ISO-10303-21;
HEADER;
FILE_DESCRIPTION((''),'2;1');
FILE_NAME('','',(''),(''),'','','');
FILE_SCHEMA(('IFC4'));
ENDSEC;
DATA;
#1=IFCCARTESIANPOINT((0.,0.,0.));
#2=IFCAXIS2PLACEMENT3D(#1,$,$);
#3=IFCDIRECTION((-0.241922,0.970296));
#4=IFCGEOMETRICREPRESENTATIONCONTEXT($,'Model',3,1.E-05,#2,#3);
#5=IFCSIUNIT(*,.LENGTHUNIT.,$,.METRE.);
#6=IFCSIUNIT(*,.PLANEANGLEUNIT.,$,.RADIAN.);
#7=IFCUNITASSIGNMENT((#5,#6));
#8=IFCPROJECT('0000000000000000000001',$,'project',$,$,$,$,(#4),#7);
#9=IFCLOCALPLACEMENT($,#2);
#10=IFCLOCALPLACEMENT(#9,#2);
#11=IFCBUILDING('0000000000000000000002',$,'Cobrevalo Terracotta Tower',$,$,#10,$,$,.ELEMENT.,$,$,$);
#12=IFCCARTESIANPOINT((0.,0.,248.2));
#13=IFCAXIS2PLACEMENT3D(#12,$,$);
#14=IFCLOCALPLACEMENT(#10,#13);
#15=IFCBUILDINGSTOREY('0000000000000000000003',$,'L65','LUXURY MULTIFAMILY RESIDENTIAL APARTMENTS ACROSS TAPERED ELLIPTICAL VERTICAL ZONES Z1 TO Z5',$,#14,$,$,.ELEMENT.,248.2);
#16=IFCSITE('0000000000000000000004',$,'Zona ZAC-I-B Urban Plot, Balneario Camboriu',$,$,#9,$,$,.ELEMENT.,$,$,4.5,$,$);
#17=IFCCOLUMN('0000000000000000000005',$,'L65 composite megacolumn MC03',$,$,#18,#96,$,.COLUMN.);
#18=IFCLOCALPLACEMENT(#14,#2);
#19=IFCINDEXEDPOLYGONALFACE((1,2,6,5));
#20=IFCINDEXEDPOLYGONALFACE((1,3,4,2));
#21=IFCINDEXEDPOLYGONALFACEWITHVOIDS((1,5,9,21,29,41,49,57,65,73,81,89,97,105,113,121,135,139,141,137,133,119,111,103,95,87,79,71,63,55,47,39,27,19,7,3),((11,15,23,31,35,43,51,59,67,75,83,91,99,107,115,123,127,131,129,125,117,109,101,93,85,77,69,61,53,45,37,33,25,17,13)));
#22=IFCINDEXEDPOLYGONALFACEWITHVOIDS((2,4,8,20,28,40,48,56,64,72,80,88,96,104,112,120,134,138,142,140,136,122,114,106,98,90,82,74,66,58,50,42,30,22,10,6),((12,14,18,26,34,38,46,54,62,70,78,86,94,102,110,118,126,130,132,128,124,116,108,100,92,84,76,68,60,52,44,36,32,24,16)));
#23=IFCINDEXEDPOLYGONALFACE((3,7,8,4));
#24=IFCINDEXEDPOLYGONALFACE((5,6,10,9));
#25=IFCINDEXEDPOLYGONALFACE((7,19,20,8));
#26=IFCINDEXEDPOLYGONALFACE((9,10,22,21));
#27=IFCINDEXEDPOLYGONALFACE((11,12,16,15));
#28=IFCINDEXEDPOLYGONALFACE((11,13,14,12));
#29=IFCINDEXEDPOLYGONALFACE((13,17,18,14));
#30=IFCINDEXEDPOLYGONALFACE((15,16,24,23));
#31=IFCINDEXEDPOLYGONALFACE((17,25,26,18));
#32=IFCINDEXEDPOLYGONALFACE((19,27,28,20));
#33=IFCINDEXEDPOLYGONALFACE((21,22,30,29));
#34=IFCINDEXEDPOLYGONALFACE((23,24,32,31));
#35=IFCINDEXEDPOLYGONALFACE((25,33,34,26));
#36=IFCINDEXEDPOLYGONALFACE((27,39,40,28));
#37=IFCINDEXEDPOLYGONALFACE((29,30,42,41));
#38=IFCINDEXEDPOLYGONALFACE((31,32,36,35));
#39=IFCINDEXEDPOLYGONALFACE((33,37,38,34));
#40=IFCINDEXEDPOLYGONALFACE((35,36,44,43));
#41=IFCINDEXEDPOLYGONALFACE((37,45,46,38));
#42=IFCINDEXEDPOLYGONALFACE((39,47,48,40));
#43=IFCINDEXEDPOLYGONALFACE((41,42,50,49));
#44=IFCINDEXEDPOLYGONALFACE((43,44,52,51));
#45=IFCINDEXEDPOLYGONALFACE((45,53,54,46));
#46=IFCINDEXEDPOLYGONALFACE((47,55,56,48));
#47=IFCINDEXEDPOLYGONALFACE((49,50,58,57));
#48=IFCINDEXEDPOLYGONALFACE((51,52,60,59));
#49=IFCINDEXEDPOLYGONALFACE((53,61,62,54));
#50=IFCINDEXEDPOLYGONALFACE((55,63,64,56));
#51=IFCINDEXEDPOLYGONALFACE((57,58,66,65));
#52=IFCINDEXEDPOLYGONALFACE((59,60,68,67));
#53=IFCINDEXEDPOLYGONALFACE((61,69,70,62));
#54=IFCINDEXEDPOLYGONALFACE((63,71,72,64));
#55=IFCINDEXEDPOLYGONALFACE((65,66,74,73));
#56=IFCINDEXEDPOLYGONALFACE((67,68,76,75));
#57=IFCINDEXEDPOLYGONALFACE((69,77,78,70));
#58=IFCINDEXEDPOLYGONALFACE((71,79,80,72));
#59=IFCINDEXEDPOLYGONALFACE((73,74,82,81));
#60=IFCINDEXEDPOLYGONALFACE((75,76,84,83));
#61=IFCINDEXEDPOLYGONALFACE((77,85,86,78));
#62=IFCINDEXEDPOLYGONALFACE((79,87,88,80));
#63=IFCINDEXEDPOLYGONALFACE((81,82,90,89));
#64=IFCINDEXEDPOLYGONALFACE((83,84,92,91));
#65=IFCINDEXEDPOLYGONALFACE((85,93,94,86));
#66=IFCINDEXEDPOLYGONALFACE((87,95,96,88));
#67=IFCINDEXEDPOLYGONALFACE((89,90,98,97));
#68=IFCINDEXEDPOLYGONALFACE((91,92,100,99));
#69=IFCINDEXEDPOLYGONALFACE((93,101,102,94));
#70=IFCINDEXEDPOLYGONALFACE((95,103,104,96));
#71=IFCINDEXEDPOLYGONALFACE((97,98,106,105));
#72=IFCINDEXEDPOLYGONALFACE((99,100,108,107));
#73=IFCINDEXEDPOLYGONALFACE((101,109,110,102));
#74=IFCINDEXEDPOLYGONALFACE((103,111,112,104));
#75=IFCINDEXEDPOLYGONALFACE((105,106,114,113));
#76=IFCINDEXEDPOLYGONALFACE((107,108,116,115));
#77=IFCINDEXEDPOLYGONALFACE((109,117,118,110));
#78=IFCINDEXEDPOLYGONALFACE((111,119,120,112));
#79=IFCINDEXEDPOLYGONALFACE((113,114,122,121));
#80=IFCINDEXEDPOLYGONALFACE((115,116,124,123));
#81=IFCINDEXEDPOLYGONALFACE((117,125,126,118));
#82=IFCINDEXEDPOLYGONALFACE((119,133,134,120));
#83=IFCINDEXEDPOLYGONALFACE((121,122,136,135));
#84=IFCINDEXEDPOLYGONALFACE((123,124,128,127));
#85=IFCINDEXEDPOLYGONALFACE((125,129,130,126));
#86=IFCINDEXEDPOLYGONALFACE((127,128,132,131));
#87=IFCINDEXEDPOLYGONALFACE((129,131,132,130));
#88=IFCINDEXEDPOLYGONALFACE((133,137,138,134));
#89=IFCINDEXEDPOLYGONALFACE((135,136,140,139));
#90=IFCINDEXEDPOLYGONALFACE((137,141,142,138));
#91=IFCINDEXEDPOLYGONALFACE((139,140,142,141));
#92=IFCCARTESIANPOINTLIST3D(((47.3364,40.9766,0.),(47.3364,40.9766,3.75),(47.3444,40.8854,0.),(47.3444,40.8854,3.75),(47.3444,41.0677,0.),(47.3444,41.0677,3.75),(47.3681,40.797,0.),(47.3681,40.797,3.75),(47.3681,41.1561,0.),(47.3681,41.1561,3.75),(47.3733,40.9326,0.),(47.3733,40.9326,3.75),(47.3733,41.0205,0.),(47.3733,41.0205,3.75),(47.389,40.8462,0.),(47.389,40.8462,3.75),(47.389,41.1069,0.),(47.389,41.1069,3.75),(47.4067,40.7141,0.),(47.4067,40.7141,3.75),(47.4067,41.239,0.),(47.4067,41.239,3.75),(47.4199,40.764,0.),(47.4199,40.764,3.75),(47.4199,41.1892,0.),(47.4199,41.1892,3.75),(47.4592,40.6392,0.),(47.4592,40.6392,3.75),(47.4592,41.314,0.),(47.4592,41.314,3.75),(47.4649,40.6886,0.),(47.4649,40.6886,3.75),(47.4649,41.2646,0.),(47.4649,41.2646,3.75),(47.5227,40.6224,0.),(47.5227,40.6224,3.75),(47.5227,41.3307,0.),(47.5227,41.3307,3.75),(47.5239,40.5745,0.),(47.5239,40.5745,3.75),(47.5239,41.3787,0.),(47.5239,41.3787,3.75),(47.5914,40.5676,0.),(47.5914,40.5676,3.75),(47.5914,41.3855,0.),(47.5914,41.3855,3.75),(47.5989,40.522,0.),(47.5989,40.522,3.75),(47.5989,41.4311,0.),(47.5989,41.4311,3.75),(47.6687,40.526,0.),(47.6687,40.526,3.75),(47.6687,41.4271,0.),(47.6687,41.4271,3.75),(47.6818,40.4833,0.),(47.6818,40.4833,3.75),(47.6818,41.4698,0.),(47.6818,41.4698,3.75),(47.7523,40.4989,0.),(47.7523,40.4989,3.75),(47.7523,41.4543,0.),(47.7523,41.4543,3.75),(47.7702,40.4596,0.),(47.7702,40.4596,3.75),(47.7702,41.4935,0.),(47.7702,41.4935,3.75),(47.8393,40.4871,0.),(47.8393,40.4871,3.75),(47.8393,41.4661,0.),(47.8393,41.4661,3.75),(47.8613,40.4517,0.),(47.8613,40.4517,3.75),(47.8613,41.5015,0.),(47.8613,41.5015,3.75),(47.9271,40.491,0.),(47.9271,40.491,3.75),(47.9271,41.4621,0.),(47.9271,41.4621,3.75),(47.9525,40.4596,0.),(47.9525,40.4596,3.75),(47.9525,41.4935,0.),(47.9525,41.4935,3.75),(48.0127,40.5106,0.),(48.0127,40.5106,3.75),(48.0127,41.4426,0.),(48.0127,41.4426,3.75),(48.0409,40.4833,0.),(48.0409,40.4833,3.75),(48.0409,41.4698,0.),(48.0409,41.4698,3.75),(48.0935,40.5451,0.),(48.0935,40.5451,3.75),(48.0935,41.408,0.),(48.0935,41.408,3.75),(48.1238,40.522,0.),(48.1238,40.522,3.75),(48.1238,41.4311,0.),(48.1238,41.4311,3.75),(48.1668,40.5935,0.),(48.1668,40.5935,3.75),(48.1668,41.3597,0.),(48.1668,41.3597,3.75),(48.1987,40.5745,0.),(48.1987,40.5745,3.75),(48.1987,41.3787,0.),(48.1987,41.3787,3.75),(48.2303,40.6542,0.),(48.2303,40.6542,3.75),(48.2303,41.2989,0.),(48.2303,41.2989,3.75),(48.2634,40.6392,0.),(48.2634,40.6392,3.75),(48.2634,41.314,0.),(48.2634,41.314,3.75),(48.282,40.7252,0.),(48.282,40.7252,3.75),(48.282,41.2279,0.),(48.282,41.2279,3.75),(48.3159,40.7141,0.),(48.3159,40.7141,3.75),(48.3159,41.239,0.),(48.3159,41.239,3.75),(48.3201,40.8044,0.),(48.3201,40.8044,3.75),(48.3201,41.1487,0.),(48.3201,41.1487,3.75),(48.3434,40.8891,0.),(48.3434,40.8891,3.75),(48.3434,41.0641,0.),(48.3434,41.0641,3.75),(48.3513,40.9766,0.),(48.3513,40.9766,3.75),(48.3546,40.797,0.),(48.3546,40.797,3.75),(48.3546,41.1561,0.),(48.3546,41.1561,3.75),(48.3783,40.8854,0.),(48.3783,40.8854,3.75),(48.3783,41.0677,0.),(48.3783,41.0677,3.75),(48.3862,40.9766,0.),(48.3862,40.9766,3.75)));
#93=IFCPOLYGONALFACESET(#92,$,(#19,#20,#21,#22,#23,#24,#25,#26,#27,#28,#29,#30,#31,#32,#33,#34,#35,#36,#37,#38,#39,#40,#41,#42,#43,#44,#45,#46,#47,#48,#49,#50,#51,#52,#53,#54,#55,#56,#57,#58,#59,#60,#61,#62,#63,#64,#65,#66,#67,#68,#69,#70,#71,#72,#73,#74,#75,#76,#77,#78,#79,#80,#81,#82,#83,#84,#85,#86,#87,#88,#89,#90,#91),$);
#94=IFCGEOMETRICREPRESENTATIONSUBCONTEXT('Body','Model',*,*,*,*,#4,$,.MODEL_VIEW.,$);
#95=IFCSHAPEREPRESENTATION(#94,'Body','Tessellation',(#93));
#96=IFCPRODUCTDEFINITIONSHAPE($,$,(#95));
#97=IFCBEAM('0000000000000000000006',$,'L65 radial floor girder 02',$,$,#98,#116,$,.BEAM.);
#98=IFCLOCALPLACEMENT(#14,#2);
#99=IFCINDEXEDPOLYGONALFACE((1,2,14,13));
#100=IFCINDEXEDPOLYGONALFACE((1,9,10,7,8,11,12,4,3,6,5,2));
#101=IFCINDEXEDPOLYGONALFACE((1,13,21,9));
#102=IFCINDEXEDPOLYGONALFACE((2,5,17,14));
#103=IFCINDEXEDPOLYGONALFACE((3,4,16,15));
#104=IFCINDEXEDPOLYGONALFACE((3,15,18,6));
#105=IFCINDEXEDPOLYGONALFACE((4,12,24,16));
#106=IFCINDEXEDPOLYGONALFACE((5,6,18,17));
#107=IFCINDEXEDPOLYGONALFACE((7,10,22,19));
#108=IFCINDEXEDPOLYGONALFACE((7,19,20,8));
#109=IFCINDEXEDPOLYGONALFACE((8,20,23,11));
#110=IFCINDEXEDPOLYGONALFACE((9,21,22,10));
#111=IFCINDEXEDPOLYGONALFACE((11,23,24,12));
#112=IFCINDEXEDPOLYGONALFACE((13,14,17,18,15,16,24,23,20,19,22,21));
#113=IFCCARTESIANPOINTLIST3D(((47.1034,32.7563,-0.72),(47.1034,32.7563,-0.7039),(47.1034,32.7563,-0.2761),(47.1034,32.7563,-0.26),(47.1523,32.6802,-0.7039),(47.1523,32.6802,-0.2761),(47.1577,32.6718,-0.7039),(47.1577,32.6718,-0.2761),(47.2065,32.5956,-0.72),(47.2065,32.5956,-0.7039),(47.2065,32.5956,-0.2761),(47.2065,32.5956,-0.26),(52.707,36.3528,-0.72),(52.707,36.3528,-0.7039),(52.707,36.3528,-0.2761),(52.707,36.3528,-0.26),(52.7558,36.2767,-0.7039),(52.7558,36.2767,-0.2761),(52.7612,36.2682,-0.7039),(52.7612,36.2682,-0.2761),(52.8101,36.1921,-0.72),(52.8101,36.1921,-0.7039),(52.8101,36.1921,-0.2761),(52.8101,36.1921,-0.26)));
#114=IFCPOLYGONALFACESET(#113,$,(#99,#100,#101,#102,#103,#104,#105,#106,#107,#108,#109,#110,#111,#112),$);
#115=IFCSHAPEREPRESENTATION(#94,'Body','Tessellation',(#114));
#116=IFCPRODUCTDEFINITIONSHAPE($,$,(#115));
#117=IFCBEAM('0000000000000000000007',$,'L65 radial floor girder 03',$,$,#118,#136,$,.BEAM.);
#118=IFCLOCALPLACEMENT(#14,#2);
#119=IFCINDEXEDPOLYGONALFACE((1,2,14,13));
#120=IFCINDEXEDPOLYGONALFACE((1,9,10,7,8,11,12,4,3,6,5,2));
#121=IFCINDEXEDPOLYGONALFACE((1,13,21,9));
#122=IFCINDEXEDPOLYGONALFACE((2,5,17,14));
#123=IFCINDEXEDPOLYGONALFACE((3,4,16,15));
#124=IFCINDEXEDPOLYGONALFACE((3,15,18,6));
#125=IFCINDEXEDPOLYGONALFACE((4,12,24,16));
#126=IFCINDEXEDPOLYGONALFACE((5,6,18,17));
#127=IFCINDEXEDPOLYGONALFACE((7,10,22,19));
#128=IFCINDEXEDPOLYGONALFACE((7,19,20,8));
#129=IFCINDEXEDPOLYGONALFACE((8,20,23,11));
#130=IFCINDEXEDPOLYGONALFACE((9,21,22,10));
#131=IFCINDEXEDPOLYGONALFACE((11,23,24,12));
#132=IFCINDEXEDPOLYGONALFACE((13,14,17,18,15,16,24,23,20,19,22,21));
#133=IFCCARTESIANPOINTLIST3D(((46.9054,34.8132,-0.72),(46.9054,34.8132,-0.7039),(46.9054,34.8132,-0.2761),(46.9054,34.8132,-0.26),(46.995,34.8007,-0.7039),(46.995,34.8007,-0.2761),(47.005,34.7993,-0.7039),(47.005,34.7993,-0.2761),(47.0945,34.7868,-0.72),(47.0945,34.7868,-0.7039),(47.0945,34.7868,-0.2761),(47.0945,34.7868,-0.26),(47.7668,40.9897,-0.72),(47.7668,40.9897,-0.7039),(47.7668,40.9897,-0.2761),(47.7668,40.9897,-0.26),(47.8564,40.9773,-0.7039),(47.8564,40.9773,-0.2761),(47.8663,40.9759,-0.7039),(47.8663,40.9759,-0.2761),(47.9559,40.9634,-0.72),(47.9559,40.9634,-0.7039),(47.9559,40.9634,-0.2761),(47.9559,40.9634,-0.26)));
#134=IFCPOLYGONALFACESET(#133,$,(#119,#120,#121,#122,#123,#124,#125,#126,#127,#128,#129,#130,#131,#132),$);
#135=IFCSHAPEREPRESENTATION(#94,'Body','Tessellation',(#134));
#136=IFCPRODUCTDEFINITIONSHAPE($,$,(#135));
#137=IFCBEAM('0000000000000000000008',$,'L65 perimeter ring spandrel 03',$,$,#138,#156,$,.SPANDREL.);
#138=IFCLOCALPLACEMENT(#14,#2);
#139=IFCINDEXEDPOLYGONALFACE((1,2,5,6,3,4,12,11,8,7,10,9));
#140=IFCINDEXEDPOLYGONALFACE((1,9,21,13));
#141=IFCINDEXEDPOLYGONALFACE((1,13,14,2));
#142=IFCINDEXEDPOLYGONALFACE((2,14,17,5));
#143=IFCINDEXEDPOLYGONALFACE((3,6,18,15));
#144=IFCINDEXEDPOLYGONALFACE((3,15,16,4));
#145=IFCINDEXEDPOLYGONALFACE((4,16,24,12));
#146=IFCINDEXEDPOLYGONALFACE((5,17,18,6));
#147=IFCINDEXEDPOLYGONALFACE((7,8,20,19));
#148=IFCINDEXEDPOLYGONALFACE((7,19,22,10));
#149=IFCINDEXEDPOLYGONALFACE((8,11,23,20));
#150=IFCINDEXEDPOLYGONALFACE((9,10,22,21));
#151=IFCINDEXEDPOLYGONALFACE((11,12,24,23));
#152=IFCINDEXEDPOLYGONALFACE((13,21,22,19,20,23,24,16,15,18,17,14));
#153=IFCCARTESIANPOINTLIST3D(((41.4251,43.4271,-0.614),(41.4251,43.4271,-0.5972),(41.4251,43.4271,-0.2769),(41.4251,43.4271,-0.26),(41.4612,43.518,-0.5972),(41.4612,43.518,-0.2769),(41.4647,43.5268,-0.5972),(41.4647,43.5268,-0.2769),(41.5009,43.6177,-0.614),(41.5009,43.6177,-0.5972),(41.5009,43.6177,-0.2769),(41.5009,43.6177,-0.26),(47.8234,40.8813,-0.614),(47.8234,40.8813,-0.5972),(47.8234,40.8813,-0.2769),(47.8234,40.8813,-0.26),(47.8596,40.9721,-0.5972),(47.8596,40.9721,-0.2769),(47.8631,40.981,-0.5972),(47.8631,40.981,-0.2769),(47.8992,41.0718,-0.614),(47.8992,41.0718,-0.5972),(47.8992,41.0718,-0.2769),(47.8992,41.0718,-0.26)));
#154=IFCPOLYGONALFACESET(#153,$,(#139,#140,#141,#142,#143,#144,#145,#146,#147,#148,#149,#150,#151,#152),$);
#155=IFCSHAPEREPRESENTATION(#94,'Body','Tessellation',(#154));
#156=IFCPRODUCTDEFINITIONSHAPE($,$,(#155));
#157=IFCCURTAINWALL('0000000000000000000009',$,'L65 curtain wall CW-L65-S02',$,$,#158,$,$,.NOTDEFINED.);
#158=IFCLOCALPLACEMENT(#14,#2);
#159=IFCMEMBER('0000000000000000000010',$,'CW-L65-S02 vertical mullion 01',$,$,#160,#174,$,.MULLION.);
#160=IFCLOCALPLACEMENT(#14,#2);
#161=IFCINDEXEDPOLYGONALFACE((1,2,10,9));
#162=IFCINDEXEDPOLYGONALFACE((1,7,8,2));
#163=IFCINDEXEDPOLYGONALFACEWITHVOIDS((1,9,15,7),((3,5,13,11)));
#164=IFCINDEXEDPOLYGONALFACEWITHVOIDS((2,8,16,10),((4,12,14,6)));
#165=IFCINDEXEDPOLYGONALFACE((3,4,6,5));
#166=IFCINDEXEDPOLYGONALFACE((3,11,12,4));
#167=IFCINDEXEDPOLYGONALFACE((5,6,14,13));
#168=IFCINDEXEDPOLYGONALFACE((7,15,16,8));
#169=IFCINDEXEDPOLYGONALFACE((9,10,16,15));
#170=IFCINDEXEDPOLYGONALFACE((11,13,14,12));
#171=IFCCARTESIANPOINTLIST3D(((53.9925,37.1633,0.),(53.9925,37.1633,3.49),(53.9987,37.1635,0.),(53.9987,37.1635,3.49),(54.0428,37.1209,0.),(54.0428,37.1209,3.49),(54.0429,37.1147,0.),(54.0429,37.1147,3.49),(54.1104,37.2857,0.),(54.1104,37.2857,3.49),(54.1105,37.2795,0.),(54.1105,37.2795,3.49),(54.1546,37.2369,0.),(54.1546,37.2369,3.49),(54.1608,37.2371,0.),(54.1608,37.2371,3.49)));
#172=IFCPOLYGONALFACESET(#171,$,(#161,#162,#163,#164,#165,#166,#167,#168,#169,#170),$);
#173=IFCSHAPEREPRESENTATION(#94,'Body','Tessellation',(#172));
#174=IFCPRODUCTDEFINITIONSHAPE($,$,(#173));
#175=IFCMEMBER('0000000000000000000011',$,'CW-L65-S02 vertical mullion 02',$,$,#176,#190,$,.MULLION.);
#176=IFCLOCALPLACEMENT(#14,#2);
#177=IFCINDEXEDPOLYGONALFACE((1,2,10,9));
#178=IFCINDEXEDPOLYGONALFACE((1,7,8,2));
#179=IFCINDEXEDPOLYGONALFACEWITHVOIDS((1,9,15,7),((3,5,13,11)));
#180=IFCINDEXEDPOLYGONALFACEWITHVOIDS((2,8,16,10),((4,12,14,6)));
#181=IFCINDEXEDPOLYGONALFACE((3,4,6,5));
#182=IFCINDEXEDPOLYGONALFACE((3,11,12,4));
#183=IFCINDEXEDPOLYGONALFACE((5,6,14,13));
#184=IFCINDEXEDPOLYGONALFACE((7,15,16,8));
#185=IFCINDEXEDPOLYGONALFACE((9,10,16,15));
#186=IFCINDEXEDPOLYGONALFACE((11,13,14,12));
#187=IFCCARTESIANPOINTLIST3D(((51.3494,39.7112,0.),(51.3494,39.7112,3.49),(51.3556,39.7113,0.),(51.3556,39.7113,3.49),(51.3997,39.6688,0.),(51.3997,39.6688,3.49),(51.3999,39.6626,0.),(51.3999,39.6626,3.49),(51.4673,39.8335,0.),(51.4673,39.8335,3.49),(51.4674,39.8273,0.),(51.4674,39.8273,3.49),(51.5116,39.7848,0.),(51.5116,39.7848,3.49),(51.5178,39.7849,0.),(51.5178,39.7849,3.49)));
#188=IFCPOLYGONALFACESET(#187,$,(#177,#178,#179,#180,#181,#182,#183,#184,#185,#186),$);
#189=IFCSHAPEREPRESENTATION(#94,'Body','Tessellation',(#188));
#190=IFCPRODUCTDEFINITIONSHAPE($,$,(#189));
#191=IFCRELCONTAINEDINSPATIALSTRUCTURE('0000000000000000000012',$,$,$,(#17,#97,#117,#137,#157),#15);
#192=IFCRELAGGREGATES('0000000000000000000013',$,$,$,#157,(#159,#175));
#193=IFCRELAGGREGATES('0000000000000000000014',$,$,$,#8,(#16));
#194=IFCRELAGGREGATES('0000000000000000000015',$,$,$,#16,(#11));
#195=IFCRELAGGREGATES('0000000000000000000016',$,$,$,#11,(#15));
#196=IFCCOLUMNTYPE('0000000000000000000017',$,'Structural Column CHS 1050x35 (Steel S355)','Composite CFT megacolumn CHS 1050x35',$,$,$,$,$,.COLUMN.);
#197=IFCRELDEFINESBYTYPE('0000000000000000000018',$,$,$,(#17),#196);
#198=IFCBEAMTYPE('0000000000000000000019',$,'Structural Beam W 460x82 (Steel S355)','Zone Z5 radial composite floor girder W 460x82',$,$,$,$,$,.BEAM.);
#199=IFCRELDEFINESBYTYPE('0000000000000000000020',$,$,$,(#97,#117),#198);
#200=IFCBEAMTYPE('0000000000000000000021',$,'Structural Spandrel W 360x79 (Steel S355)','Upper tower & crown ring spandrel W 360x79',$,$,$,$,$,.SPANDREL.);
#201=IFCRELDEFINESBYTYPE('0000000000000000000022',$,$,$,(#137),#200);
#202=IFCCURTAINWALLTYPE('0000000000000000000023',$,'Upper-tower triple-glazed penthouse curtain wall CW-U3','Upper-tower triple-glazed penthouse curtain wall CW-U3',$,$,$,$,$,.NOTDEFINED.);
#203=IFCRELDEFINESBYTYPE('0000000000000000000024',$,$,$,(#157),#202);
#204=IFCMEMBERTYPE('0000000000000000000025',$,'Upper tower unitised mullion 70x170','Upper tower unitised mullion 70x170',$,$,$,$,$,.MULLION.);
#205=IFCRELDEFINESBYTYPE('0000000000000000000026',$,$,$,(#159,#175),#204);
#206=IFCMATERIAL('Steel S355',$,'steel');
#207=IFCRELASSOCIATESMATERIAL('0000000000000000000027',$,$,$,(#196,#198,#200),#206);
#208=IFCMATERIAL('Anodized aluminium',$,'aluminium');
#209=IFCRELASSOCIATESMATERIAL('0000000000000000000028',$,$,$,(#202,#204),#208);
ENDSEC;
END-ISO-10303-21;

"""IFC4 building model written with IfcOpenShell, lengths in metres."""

from ifc_helpers import new_model, si_unit, direction, frame, origin, origin_2d, place, context, subcontext, project, spatial, hollow_rectangle, hollow_circle, i_section, extrude, source, transform, mapped, material, material_profile, profile_set, type_object, element, aggregate, save


model = new_model("IFC4")

# Units and contexts
model_context = context("Model", 3, precision=1e-05, world=origin(), true_north=direction((-0.241922, 0.970296)))
body_context = subcontext(model_context, "Body", "Model", "MODEL_VIEW")
ifc_project = project(units=[si_unit("LENGTHUNIT", "METRE"), si_unit("PLANEANGLEUNIT", "RADIAN")], contexts=[model_context])

# Site, building, storey
site_placement = place(None, origin())
site = spatial("IfcSite", under=ifc_project, at=site_placement, Name="Zona ZAC-I-B Urban Plot, Balneario Camboriu", CompositionType="ELEMENT", RefElevation=4.5)
building_placement = place(site_placement, origin())
building = spatial("IfcBuilding", under=site, at=building_placement, Name="Cobrevalo Terracotta Tower", CompositionType="ELEMENT")
storey_placement = place(building_placement, frame((0.0, 0.0, 248.2)))
storey = spatial("IfcBuildingStorey", under=building, at=storey_placement, Name="L65", Description="LUXURY MULTIFAMILY RESIDENTIAL APARTMENTS ACROSS TAPERED ELLIPTICAL VERTICAL ZONES Z1 TO Z5", CompositionType="ELEMENT", Elevation=248.2)

# Column
ifc_material_1 = material(Name="Steel S355", Category="steel")
ifc_material_profile_1 = material_profile(ifc_material_1, hollow_circle(Radius=0.5249, WallThickness=0.0349, at=origin_2d()), Name="CHS 1050x35")
ifc_profile_set_1 = profile_set([ifc_material_profile_1], Name="Steel S355")
column_type = type_object("IfcColumnType", Name="Structural Column CHS 1050x35 (Steel S355)", Description="Composite CFT megacolumn CHS 1050x35", PredefinedType="COLUMN", material=ifc_profile_set_1)
column_placement = place(storey_placement, frame((47.8613, 40.9766, 0.0), z_axis=(0.0, 0.0, 1.0), x_axis=(1.0, 0.0, 0.0)))
element("IfcColumn", 1, at=column_placement, inside=storey, type_object=column_type, Name="L65 composite megacolumn MC03", PredefinedType="COLUMN", context=body_context, shape_type="SweptSolid", body=[
    extrude(hollow_circle(Radius=0.5249, WallThickness=0.0349, at=origin_2d()), origin(), (0.0, 0.0, 1.0), 3.75),
])

# Beams
ifc_material_profile_2 = material_profile(ifc_material_1, i_section(OverallWidth=0.1909, OverallDepth=0.46, WebThickness=0.01, FlangeThickness=0.0161, at=origin_2d()), Name="W 460x82")
ifc_profile_set_2 = profile_set([ifc_material_profile_2], Name="Steel S355")
beam_type_1 = type_object("IfcBeamType", Name="Structural Beam W 460x82 (Steel S355)", Description="Zone Z5 radial composite floor girder W 460x82", PredefinedType="BEAM", material=ifc_profile_set_2)
beam_1_placement = place(storey_placement, frame((52.7585, 36.2725, -0.49), z_axis=(-0.841576, -0.540138, 0.0), x_axis=(0.540138, -0.841576, 0.0)))
element("IfcBeam", 2, at=beam_1_placement, inside=storey, type_object=beam_type_1, Name="L65 radial floor girder 02", PredefinedType="BEAM", context=body_context, shape_type="SweptSolid", body=[
    extrude(i_section(OverallWidth=0.1909, OverallDepth=0.46, WebThickness=0.01, FlangeThickness=0.0161, at=origin_2d()), origin(), (0.0, 0.0, 1.0), 6.6584),
])
beam_2_placement = place(storey_placement, frame((47.8613, 40.9766, -0.49), z_axis=(-0.138116, -0.990416, 0.0), x_axis=(0.990416, -0.138116, 0.0)))
element("IfcBeam", 3, at=beam_2_placement, inside=storey, type_object=beam_type_1, Name="L65 radial floor girder 03", PredefinedType="BEAM", context=body_context, shape_type="SweptSolid", body=[
    extrude(i_section(OverallWidth=0.1909, OverallDepth=0.46, WebThickness=0.01, FlangeThickness=0.0161, at=origin_2d()), origin(), (0.0, 0.0, 1.0), 6.2363),
])
ifc_material_profile_3 = material_profile(ifc_material_1, i_section(OverallWidth=0.2051, OverallDepth=0.354, WebThickness=0.0095, FlangeThickness=0.0168, at=origin_2d()), Name="W 360x79")
ifc_profile_set_3 = profile_set([ifc_material_profile_3], Name="Steel S355")
beam_type_2 = type_object("IfcBeamType", Name="Structural Spandrel W 360x79 (Steel S355)", Description="Upper tower & crown ring spandrel W 360x79", PredefinedType="SPANDREL", material=ifc_profile_set_3)
beam_3_placement = place(storey_placement, frame((47.8613, 40.9766, -0.437), z_axis=(-0.92915, 0.369703, 0.0), x_axis=(-0.369703, -0.92915, 0.0)))
element("IfcBeam", 4, at=beam_3_placement, inside=storey, type_object=beam_type_2, Name="L65 perimeter ring spandrel 03", PredefinedType="SPANDREL", context=body_context, shape_type="SweptSolid", body=[
    extrude(i_section(OverallWidth=0.2051, OverallDepth=0.354, WebThickness=0.0095, FlangeThickness=0.0168, at=origin_2d()), origin(), (0.0, 0.0, 1.0), 6.8862),
])

# Curtain wall, members
ifc_material_2 = material(Name="Anodized aluminium", Category="aluminium")
curtain_wall_type = type_object("IfcCurtainWallType", Name="Upper-tower triple-glazed penthouse curtain wall CW-U3", Description="Upper-tower triple-glazed penthouse curtain wall CW-U3", PredefinedType="NOTDEFINED", material=ifc_material_2)
curtain_wall_1_placement = place(storey_placement, origin())
curtain_wall_1 = element("IfcCurtainWall", 5, at=curtain_wall_1_placement, inside=storey, type_object=curtain_wall_type, Name="L65 curtain wall CW-L65-S02", PredefinedType="NOTDEFINED")
ifc_material_profile_4 = material_profile(ifc_material_2, hollow_rectangle(XDim=0.0701, YDim=0.1699, WallThickness=0.0044, at=origin_2d()), Name="CWM 70x170")
ifc_profile_set_4 = profile_set([ifc_material_profile_4], Name="Anodized aluminium")
member_type_1 = type_object("IfcMemberType", Name="Upper tower unitised mullion 70x170", Description="Upper tower unitised mullion 70x170", PredefinedType="MULLION", material=ifc_profile_set_4)
shared_shape_1 = source(origin(), body_context, "Body", "SweptSolid", [
    extrude(hollow_rectangle(XDim=0.0701, YDim=0.1699, WallThickness=0.0044, at=origin_2d()), origin(), (0.0, 0.0, 1.0), 3.49),
])
member_1_placement = place(storey_placement, frame((54.0767, 37.2002, 0.0), z_axis=(0.0, 0.0, 1.0), x_axis=(-0.719994, 0.69398, 0.0)))
member_1 = element("IfcMember", 6, at=member_1_placement, type_object=member_type_1, Name="CW-L65-S02 vertical mullion 01", PredefinedType="MULLION", context=body_context, shape_type="MappedRepresentation", body=[
    mapped(shared_shape_1, transform((0.0, 0.0, 0.0), scale=1.0)),
])
member_2_placement = place(storey_placement, frame((51.4336, 39.748, 0.0), z_axis=(0.0, 0.0, 1.0), x_axis=(-0.719994, 0.69398, 0.0)))
member_2 = element("IfcMember", 7, at=member_2_placement, type_object=member_type_1, Name="CW-L65-S02 vertical mullion 02", PredefinedType="MULLION", context=body_context, shape_type="MappedRepresentation", body=[
    mapped(shared_shape_1, transform((0.0, 0.0, 0.0), scale=1.0)),
])

aggregate(curtain_wall_1, [member_1, member_2])

save(model, "model.ifc")
